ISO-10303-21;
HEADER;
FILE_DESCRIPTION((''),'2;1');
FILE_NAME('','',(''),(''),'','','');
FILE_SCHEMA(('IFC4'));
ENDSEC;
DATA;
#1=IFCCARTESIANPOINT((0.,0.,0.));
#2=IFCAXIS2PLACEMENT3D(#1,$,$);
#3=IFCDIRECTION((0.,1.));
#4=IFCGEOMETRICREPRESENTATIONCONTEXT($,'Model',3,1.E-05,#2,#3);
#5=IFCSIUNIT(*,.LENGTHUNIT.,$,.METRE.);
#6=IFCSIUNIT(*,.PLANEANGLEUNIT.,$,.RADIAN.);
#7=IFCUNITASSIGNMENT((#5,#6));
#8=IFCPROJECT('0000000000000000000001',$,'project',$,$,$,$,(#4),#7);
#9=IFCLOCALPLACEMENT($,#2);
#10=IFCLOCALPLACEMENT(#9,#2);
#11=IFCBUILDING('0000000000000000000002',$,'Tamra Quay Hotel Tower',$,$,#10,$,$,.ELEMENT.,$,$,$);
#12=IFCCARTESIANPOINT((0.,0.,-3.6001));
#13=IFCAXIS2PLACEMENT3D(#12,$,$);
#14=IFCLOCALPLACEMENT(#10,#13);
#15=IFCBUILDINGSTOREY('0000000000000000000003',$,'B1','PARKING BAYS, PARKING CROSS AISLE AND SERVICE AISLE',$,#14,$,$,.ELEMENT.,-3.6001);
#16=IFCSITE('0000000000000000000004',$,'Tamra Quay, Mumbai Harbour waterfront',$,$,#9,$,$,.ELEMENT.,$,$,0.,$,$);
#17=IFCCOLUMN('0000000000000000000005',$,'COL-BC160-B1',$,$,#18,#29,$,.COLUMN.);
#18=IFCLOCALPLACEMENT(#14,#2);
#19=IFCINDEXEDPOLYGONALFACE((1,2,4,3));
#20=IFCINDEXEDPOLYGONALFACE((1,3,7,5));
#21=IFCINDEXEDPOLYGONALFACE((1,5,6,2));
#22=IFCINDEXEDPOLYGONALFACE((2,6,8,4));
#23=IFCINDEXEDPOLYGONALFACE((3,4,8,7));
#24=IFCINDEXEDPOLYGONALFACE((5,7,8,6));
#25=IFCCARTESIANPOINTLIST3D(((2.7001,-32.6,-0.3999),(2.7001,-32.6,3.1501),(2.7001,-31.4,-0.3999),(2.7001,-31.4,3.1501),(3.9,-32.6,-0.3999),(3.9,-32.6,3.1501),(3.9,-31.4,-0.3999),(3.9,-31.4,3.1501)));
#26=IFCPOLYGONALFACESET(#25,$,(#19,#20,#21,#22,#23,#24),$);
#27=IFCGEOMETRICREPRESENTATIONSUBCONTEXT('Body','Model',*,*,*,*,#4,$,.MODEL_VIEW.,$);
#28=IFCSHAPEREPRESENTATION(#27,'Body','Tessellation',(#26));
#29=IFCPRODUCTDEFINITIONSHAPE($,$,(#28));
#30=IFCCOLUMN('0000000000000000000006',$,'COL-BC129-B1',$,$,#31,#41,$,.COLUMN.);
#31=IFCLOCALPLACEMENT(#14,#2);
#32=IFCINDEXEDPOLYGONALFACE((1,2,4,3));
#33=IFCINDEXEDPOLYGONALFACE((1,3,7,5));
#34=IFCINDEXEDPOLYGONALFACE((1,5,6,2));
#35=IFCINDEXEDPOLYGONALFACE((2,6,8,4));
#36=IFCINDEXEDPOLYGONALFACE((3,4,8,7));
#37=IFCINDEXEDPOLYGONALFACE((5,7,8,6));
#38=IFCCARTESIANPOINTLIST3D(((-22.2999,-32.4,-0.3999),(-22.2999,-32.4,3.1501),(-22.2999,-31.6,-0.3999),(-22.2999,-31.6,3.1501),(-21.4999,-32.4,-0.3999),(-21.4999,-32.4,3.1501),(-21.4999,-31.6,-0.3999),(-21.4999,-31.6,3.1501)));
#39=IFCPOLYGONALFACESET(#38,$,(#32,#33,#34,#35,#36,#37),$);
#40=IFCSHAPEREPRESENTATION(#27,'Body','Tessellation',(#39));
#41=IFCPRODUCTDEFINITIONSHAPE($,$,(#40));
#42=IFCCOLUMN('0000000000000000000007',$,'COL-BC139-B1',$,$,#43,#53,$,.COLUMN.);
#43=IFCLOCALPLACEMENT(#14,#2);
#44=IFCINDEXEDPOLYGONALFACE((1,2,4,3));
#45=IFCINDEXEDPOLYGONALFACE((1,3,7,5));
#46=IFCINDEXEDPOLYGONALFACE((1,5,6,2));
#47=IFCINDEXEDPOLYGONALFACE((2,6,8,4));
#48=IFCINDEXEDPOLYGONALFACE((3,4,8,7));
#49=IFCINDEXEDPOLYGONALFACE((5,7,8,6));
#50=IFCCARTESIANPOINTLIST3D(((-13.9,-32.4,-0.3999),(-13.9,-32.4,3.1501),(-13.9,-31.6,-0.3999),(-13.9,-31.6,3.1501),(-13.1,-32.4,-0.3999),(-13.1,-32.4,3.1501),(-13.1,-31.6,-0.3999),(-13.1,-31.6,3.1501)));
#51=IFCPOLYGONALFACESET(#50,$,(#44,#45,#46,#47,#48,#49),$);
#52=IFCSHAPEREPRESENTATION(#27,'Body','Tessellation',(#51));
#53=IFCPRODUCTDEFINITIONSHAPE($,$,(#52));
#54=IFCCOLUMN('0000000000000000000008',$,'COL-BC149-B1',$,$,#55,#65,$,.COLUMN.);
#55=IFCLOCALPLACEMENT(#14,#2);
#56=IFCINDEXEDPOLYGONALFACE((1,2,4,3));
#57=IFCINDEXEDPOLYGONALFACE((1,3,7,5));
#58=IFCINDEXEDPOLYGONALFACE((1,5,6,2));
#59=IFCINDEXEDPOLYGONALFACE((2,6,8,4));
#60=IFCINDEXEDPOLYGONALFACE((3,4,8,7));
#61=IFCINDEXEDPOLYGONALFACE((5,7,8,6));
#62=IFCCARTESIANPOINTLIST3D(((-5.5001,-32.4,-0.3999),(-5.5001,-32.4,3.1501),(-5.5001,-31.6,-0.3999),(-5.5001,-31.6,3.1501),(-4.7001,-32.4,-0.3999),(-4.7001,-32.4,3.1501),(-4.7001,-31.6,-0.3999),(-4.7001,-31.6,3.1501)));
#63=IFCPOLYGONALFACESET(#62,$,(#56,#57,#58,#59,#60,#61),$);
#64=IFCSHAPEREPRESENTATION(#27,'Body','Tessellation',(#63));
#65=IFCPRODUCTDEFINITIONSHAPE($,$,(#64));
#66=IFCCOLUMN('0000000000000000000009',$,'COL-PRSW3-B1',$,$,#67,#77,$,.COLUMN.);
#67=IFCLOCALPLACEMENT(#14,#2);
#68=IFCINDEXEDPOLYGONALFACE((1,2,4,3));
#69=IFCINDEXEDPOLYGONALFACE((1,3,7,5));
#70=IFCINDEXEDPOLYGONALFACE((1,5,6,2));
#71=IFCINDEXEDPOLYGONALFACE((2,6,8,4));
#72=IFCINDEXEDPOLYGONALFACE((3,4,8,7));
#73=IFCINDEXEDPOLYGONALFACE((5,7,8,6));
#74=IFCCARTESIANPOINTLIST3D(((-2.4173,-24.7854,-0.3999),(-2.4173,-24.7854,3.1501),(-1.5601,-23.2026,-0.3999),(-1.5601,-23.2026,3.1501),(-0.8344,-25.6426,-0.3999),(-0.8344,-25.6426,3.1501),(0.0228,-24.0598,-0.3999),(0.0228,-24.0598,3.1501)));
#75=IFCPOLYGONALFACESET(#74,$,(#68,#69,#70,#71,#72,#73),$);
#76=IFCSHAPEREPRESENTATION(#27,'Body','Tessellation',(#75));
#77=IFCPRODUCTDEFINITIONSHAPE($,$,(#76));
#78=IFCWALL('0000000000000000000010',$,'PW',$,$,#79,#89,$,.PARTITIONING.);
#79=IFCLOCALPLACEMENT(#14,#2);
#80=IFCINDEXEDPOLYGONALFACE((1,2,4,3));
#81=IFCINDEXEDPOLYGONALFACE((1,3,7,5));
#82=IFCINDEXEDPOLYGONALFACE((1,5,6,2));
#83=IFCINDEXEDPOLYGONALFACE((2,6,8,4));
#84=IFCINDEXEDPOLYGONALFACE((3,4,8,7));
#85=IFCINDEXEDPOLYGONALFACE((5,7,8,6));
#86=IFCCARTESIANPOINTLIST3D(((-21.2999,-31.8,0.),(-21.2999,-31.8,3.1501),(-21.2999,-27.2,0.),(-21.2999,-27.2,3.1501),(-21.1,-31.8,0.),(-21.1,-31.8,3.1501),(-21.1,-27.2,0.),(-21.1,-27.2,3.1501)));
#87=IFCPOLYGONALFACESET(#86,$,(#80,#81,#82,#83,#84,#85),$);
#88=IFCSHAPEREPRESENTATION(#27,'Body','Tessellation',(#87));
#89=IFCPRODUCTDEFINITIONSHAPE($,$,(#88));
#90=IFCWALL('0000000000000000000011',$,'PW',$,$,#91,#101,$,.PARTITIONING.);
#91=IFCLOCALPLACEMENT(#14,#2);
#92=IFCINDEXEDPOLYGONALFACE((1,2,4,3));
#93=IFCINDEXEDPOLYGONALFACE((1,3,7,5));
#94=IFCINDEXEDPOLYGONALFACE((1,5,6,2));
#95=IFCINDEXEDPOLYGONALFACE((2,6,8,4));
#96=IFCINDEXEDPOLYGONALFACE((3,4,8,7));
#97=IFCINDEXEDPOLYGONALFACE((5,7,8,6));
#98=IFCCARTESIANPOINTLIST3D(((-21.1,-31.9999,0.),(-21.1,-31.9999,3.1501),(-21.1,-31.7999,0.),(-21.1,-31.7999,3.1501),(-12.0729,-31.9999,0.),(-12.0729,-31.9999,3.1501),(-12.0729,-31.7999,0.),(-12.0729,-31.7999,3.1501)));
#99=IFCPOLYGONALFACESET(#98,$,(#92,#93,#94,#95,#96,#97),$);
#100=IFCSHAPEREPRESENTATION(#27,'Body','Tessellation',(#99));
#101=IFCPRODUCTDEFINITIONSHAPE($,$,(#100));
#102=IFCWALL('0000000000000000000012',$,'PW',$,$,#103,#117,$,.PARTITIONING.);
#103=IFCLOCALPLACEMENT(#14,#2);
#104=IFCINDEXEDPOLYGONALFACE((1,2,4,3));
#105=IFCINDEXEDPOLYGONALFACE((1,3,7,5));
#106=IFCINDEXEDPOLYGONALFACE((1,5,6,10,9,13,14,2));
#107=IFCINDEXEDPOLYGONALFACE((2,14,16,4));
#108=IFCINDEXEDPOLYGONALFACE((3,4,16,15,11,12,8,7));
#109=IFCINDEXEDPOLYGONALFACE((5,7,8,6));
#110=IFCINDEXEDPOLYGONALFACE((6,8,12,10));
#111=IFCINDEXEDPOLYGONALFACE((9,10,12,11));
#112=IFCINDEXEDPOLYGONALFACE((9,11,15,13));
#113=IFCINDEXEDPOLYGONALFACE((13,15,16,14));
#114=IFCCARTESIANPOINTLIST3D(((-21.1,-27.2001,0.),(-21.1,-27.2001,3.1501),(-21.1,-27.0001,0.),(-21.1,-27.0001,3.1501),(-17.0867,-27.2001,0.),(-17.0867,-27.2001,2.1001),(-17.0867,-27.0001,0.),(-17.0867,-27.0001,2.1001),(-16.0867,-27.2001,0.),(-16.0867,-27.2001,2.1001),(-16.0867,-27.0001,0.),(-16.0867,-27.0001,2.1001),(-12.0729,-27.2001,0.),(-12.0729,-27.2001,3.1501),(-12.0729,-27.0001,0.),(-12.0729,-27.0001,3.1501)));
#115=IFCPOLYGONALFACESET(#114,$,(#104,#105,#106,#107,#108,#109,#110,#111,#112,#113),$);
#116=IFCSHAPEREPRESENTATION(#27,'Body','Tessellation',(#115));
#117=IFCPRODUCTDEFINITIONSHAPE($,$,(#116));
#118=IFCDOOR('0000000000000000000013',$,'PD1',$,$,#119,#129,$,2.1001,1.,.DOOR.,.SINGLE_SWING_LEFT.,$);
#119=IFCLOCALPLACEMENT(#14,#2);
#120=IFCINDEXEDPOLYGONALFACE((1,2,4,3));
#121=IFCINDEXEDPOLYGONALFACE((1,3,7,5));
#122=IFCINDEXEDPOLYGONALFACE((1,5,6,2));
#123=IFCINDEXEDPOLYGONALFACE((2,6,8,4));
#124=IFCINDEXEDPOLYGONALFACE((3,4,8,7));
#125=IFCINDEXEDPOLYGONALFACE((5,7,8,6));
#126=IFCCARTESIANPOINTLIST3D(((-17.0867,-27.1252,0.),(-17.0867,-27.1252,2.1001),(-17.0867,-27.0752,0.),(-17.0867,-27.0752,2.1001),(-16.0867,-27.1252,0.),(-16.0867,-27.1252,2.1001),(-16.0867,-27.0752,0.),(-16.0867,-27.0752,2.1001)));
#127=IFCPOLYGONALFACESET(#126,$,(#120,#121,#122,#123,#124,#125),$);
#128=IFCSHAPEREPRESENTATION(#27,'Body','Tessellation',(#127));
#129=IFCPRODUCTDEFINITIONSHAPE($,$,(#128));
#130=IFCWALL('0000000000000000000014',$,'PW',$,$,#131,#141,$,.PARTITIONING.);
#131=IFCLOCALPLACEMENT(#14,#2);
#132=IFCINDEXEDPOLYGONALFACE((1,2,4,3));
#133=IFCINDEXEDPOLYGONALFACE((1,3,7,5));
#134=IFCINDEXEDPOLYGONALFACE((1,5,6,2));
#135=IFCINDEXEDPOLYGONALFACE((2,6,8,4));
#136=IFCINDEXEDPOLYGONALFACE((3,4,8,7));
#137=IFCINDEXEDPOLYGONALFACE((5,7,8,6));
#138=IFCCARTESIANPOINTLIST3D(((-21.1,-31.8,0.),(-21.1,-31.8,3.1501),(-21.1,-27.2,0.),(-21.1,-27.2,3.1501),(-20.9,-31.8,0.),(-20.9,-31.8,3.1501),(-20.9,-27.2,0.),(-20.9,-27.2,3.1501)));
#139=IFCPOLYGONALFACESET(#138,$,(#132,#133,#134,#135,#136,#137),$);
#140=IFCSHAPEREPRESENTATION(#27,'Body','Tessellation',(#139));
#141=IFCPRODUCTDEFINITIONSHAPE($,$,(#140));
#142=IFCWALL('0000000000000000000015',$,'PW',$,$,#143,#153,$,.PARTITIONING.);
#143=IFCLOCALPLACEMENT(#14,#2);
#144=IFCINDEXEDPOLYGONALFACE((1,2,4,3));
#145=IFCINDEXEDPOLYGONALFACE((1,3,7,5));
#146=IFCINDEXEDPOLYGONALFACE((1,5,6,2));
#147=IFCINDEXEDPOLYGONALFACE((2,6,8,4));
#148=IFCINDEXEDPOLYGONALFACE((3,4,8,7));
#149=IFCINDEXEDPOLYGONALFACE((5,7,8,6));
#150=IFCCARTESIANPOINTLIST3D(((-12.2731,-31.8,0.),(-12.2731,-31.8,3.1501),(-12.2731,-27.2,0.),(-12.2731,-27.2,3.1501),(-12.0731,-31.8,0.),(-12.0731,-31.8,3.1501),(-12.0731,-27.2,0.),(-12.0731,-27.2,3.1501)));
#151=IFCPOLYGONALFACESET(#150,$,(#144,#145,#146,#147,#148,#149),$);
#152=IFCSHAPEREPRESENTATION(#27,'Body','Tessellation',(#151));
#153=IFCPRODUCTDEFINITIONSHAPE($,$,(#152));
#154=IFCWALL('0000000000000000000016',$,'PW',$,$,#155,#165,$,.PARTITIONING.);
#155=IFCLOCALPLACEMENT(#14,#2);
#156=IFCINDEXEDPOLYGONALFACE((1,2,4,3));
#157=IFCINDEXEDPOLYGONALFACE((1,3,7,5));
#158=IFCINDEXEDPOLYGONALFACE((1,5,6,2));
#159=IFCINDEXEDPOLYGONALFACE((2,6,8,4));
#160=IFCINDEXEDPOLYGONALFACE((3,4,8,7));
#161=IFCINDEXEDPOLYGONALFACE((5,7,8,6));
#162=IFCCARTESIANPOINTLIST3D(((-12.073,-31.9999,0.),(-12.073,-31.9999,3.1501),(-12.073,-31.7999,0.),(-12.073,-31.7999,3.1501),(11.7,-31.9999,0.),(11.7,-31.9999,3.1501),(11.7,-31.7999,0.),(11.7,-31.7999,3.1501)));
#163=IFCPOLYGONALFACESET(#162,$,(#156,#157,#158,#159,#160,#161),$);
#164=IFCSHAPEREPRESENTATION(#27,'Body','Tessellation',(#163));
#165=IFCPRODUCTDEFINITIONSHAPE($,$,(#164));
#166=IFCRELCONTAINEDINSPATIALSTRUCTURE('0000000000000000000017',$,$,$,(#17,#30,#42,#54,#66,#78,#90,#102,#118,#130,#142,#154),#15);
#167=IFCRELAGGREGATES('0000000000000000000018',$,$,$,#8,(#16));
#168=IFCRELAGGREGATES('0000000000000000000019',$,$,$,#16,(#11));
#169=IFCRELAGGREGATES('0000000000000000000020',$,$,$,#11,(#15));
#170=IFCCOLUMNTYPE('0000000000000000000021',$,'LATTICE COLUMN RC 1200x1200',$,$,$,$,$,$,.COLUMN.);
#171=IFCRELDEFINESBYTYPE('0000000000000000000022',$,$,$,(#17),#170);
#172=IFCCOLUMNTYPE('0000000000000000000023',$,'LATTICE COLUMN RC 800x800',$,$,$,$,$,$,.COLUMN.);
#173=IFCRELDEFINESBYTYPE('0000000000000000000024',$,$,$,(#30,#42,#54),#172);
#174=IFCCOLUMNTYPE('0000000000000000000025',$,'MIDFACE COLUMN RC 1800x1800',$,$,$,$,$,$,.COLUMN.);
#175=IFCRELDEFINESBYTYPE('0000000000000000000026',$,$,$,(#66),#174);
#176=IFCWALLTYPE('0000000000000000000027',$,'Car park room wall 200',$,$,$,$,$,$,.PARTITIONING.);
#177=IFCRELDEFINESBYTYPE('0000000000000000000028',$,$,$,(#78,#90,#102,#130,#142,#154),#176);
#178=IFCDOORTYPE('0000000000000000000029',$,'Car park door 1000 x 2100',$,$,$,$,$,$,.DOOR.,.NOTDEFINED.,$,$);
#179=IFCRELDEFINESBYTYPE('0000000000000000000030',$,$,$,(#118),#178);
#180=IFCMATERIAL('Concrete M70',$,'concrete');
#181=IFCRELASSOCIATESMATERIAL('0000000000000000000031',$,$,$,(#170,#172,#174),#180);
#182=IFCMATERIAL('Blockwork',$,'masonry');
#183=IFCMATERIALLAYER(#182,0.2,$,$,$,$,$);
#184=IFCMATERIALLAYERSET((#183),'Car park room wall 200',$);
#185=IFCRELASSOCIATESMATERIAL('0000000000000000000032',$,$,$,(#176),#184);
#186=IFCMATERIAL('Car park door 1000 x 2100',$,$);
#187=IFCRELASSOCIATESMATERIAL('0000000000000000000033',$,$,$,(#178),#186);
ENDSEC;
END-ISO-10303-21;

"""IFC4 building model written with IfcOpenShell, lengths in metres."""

from ifc_helpers import new_model, si_unit, direction, frame, frame_2d, origin, origin_2d, place, context, subcontext, project, spatial, rectangle, extrude, material, layer, layer_set, material_profile, profile_set, type_object, element, fill, save


model = new_model("IFC4")

# Units and contexts
model_context = context("Model", 3, precision=1e-05, world=origin(), true_north=direction((0.0, 1.0)))
body_context = subcontext(model_context, "Body", "Model", "MODEL_VIEW")
ifc_project = project(units=[si_unit("LENGTHUNIT", "METRE"), si_unit("PLANEANGLEUNIT", "RADIAN")], contexts=[model_context])

# Site, building, storey
site_placement = place(None, origin())
site = spatial("IfcSite", under=ifc_project, at=site_placement, Name="Tamra Quay, Mumbai Harbour waterfront", CompositionType="ELEMENT", RefElevation=0.0)
building_placement = place(site_placement, origin())
building = spatial("IfcBuilding", under=site, at=building_placement, Name="Tamra Quay Hotel Tower", CompositionType="ELEMENT")
storey_placement = place(building_placement, frame((0.0, 0.0, -3.6001)))
storey = spatial("IfcBuildingStorey", under=building, at=storey_placement, Name="B1", Description="PARKING BAYS, PARKING CROSS AISLE AND SERVICE AISLE", CompositionType="ELEMENT", Elevation=-3.6001)

# Columns
ifc_material_1 = material(Name="Concrete M70", Category="concrete")
ifc_material_profile_1 = material_profile(ifc_material_1, rectangle(XDim=1.2, YDim=1.2, at=origin_2d()), Name="LATTICE COLUMN RC 1200x1200")
ifc_profile_set_1 = profile_set([ifc_material_profile_1], Name="Concrete M70")
column_type_1 = type_object("IfcColumnType", Name="LATTICE COLUMN RC 1200x1200", PredefinedType="COLUMN", material=ifc_profile_set_1)
column_1_placement = place(storey_placement, frame((3.3, -32.0, -0.3999), z_axis=(0.0, 0.0, 1.0), x_axis=(1.0, 0.0, 0.0)))
element("IfcColumn", 1, at=column_1_placement, inside=storey, type_object=column_type_1, Name="COL-BC160-B1", PredefinedType="COLUMN", context=body_context, shape_type="SweptSolid", body=[
    extrude(rectangle(XDim=1.2, YDim=1.2, at=origin_2d()), origin(), (0.0, 0.0, 1.0), 3.55),
])
ifc_material_profile_2 = material_profile(ifc_material_1, rectangle(XDim=0.8, YDim=0.8, at=origin_2d()), Name="LATTICE COLUMN RC 800x800")
ifc_profile_set_2 = profile_set([ifc_material_profile_2], Name="Concrete M70")
column_type_2 = type_object("IfcColumnType", Name="LATTICE COLUMN RC 800x800", PredefinedType="COLUMN", material=ifc_profile_set_2)
for number, where, z_axis, x_axis, name in (
    (2, (-21.8999, -32.0, -0.3999), (0.0, 0.0, 1.0), (1.0, 0.0, 0.0), "COL-BC129-B1"),
    (3, (-13.5, -32.0, -0.3999), (0.0, 0.0, 1.0), (1.0, 0.0, 0.0), "COL-BC139-B1"),
    (4, (-5.1001, -32.0, -0.3999), (0.0, 0.0, 1.0), (1.0, 0.0, 0.0), "COL-BC149-B1"),
):
    element("IfcColumn", number, at=place(storey_placement, frame(where, z_axis=z_axis, x_axis=x_axis)), inside=storey, type_object=column_type_2, Name=name, PredefinedType="COLUMN", context=body_context, shape_type="SweptSolid", body=[
        extrude(rectangle(XDim=0.8, YDim=0.8, at=origin_2d()), origin(), (0.0, 0.0, 1.0), 3.55),
    ])
ifc_material_profile_3 = material_profile(ifc_material_1, rectangle(XDim=1.8, YDim=1.8, at=origin_2d()), Name="MIDFACE COLUMN RC 1800x1800")
ifc_profile_set_3 = profile_set([ifc_material_profile_3], Name="Concrete M70")
column_type_3 = type_object("IfcColumnType", Name="MIDFACE COLUMN RC 1800x1800", PredefinedType="COLUMN", material=ifc_profile_set_3)
column_2_placement = place(storey_placement, frame((-1.1973, -24.4226, -0.3999), z_axis=(0.0, 0.0, 1.0), x_axis=(0.476198, 0.879338, 0.0)))
element("IfcColumn", 5, at=column_2_placement, inside=storey, type_object=column_type_3, Name="COL-PRSW3-B1", PredefinedType="COLUMN", context=body_context, shape_type="SweptSolid", body=[
    extrude(rectangle(XDim=1.8, YDim=1.8, at=origin_2d()), origin(), (0.0, 0.0, 1.0), 3.55),
])

# Walls
ifc_material_2 = material(Name="Blockwork", Category="masonry")
ifc_layer_1 = layer(ifc_material_2, 0.2)
ifc_layer_set_1 = layer_set([ifc_layer_1], Name="Car park room wall 200")
wall_type_1 = type_object("IfcWallType", Name="Car park room wall 200", PredefinedType="PARTITIONING", material=ifc_layer_set_1)
wall_1_placement = place(storey_placement, frame((-21.2, -31.8, 0.0), z_axis=(0.0, 0.0, 1.0), x_axis=(0.0, 1.0, 0.0)))
element("IfcWall", 6, at=wall_1_placement, inside=storey, type_object=wall_type_1, Name="PW", PredefinedType="PARTITIONING", context=body_context, shape_type="SweptSolid", body=[
    extrude(rectangle(XDim=4.6001, YDim=0.2, at=frame_2d((2.3, 0.0))), origin(), (0.0, 0.0, 1.0), 3.1501),
])
wall_2_placement = place(storey_placement, frame((-21.1001, -31.8999, 0.0), z_axis=(0.0, 0.0, 1.0), x_axis=(1.0, 0.0, 0.0)))
element("IfcWall", 7, at=wall_2_placement, inside=storey, type_object=wall_type_1, Name="PW", PredefinedType="PARTITIONING", context=body_context, shape_type="SweptSolid", body=[
    extrude(rectangle(XDim=9.0271, YDim=0.2, at=frame_2d((4.5137, 0.0))), origin(), (0.0, 0.0, 1.0), 3.1501),
])

# Wall, opening, door
wall_3_placement = place(storey_placement, frame((-21.1001, -27.1001, 0.0), z_axis=(0.0, 0.0, 1.0), x_axis=(1.0, 0.0, 0.0)))
wall_3 = element("IfcWall", 8, at=wall_3_placement, inside=storey, type_object=wall_type_1, Name="PW", PredefinedType="PARTITIONING", context=body_context, shape_type="SweptSolid", body=[
    extrude(rectangle(XDim=9.0271, YDim=0.2, at=frame_2d((4.5137, 0.0))), origin(), (0.0, 0.0, 1.0), 3.1501),
])
opening_1_placement = place(wall_3_placement, frame((4.0134, 0.0, 0.0)))
opening_1 = element("IfcOpeningElement", 9, at=opening_1_placement, cuts=wall_3, PredefinedType="OPENING", context=body_context, shape_type="SweptSolid", body=[
    extrude(rectangle(XDim=1.0, YDim=2.1001, at=frame_2d((0.5, 1.05))), frame((0.0, 0.1099, 0.0), z_axis=(0.0, -1.0, 0.0), x_axis=(1.0, 0.0, 0.0)), (0.0, 0.0, 1.0), 0.22),
])
ifc_material_3 = material(Name="Car park door 1000 x 2100")
door_type_1 = type_object("IfcDoorType", Name="Car park door 1000 x 2100", OperationType="NOTDEFINED", PredefinedType="DOOR", material=ifc_material_3)
door_1_placement = place(opening_1_placement, origin())
door_1 = element("IfcDoor", 10, at=door_1_placement, inside=storey, type_object=door_type_1, Name="PD1", OperationType="SINGLE_SWING_LEFT", OverallHeight=2.1001, OverallWidth=1.0, PredefinedType="DOOR", context=body_context, shape_type="SweptSolid", body=[
    extrude(rectangle(XDim=1.0, YDim=2.1001, at=frame_2d((0.5, 1.05))), frame((0.0, 0.0249, 0.0), z_axis=(0.0, -1.0, 0.0), x_axis=(1.0, 0.0, 0.0)), (0.0, 0.0, 1.0), 0.05),
])
fill(opening_1, door_1)

# Walls
for number, where, z_axis, x_axis, name in (
    (11, (-21.0, -31.8, 0.0), (0.0, 0.0, 1.0), (0.0, 1.0, 0.0), "PW"),
    (12, (-12.1731, -31.8, 0.0), (0.0, 0.0, 1.0), (0.0, 1.0, 0.0), "PW"),
):
    element("IfcWall", number, at=place(storey_placement, frame(where, z_axis=z_axis, x_axis=x_axis)), inside=storey, type_object=wall_type_1, Name=name, PredefinedType="PARTITIONING", context=body_context, shape_type="SweptSolid", body=[
        extrude(rectangle(XDim=4.6001, YDim=0.2, at=frame_2d((2.3, 0.0))), origin(), (0.0, 0.0, 1.0), 3.1501),
    ])
wall_4_placement = place(storey_placement, frame((-12.073, -31.8999, 0.0), z_axis=(0.0, 0.0, 1.0), x_axis=(1.0, 0.0, 0.0)))
element("IfcWall", 13, at=wall_4_placement, inside=storey, type_object=wall_type_1, Name="PW", PredefinedType="PARTITIONING", context=body_context, shape_type="SweptSolid", body=[
    extrude(rectangle(XDim=23.7729, YDim=0.2, at=frame_2d((11.8865, 0.0))), origin(), (0.0, 0.0, 1.0), 3.1501),
])

save(model, "model.ifc")
